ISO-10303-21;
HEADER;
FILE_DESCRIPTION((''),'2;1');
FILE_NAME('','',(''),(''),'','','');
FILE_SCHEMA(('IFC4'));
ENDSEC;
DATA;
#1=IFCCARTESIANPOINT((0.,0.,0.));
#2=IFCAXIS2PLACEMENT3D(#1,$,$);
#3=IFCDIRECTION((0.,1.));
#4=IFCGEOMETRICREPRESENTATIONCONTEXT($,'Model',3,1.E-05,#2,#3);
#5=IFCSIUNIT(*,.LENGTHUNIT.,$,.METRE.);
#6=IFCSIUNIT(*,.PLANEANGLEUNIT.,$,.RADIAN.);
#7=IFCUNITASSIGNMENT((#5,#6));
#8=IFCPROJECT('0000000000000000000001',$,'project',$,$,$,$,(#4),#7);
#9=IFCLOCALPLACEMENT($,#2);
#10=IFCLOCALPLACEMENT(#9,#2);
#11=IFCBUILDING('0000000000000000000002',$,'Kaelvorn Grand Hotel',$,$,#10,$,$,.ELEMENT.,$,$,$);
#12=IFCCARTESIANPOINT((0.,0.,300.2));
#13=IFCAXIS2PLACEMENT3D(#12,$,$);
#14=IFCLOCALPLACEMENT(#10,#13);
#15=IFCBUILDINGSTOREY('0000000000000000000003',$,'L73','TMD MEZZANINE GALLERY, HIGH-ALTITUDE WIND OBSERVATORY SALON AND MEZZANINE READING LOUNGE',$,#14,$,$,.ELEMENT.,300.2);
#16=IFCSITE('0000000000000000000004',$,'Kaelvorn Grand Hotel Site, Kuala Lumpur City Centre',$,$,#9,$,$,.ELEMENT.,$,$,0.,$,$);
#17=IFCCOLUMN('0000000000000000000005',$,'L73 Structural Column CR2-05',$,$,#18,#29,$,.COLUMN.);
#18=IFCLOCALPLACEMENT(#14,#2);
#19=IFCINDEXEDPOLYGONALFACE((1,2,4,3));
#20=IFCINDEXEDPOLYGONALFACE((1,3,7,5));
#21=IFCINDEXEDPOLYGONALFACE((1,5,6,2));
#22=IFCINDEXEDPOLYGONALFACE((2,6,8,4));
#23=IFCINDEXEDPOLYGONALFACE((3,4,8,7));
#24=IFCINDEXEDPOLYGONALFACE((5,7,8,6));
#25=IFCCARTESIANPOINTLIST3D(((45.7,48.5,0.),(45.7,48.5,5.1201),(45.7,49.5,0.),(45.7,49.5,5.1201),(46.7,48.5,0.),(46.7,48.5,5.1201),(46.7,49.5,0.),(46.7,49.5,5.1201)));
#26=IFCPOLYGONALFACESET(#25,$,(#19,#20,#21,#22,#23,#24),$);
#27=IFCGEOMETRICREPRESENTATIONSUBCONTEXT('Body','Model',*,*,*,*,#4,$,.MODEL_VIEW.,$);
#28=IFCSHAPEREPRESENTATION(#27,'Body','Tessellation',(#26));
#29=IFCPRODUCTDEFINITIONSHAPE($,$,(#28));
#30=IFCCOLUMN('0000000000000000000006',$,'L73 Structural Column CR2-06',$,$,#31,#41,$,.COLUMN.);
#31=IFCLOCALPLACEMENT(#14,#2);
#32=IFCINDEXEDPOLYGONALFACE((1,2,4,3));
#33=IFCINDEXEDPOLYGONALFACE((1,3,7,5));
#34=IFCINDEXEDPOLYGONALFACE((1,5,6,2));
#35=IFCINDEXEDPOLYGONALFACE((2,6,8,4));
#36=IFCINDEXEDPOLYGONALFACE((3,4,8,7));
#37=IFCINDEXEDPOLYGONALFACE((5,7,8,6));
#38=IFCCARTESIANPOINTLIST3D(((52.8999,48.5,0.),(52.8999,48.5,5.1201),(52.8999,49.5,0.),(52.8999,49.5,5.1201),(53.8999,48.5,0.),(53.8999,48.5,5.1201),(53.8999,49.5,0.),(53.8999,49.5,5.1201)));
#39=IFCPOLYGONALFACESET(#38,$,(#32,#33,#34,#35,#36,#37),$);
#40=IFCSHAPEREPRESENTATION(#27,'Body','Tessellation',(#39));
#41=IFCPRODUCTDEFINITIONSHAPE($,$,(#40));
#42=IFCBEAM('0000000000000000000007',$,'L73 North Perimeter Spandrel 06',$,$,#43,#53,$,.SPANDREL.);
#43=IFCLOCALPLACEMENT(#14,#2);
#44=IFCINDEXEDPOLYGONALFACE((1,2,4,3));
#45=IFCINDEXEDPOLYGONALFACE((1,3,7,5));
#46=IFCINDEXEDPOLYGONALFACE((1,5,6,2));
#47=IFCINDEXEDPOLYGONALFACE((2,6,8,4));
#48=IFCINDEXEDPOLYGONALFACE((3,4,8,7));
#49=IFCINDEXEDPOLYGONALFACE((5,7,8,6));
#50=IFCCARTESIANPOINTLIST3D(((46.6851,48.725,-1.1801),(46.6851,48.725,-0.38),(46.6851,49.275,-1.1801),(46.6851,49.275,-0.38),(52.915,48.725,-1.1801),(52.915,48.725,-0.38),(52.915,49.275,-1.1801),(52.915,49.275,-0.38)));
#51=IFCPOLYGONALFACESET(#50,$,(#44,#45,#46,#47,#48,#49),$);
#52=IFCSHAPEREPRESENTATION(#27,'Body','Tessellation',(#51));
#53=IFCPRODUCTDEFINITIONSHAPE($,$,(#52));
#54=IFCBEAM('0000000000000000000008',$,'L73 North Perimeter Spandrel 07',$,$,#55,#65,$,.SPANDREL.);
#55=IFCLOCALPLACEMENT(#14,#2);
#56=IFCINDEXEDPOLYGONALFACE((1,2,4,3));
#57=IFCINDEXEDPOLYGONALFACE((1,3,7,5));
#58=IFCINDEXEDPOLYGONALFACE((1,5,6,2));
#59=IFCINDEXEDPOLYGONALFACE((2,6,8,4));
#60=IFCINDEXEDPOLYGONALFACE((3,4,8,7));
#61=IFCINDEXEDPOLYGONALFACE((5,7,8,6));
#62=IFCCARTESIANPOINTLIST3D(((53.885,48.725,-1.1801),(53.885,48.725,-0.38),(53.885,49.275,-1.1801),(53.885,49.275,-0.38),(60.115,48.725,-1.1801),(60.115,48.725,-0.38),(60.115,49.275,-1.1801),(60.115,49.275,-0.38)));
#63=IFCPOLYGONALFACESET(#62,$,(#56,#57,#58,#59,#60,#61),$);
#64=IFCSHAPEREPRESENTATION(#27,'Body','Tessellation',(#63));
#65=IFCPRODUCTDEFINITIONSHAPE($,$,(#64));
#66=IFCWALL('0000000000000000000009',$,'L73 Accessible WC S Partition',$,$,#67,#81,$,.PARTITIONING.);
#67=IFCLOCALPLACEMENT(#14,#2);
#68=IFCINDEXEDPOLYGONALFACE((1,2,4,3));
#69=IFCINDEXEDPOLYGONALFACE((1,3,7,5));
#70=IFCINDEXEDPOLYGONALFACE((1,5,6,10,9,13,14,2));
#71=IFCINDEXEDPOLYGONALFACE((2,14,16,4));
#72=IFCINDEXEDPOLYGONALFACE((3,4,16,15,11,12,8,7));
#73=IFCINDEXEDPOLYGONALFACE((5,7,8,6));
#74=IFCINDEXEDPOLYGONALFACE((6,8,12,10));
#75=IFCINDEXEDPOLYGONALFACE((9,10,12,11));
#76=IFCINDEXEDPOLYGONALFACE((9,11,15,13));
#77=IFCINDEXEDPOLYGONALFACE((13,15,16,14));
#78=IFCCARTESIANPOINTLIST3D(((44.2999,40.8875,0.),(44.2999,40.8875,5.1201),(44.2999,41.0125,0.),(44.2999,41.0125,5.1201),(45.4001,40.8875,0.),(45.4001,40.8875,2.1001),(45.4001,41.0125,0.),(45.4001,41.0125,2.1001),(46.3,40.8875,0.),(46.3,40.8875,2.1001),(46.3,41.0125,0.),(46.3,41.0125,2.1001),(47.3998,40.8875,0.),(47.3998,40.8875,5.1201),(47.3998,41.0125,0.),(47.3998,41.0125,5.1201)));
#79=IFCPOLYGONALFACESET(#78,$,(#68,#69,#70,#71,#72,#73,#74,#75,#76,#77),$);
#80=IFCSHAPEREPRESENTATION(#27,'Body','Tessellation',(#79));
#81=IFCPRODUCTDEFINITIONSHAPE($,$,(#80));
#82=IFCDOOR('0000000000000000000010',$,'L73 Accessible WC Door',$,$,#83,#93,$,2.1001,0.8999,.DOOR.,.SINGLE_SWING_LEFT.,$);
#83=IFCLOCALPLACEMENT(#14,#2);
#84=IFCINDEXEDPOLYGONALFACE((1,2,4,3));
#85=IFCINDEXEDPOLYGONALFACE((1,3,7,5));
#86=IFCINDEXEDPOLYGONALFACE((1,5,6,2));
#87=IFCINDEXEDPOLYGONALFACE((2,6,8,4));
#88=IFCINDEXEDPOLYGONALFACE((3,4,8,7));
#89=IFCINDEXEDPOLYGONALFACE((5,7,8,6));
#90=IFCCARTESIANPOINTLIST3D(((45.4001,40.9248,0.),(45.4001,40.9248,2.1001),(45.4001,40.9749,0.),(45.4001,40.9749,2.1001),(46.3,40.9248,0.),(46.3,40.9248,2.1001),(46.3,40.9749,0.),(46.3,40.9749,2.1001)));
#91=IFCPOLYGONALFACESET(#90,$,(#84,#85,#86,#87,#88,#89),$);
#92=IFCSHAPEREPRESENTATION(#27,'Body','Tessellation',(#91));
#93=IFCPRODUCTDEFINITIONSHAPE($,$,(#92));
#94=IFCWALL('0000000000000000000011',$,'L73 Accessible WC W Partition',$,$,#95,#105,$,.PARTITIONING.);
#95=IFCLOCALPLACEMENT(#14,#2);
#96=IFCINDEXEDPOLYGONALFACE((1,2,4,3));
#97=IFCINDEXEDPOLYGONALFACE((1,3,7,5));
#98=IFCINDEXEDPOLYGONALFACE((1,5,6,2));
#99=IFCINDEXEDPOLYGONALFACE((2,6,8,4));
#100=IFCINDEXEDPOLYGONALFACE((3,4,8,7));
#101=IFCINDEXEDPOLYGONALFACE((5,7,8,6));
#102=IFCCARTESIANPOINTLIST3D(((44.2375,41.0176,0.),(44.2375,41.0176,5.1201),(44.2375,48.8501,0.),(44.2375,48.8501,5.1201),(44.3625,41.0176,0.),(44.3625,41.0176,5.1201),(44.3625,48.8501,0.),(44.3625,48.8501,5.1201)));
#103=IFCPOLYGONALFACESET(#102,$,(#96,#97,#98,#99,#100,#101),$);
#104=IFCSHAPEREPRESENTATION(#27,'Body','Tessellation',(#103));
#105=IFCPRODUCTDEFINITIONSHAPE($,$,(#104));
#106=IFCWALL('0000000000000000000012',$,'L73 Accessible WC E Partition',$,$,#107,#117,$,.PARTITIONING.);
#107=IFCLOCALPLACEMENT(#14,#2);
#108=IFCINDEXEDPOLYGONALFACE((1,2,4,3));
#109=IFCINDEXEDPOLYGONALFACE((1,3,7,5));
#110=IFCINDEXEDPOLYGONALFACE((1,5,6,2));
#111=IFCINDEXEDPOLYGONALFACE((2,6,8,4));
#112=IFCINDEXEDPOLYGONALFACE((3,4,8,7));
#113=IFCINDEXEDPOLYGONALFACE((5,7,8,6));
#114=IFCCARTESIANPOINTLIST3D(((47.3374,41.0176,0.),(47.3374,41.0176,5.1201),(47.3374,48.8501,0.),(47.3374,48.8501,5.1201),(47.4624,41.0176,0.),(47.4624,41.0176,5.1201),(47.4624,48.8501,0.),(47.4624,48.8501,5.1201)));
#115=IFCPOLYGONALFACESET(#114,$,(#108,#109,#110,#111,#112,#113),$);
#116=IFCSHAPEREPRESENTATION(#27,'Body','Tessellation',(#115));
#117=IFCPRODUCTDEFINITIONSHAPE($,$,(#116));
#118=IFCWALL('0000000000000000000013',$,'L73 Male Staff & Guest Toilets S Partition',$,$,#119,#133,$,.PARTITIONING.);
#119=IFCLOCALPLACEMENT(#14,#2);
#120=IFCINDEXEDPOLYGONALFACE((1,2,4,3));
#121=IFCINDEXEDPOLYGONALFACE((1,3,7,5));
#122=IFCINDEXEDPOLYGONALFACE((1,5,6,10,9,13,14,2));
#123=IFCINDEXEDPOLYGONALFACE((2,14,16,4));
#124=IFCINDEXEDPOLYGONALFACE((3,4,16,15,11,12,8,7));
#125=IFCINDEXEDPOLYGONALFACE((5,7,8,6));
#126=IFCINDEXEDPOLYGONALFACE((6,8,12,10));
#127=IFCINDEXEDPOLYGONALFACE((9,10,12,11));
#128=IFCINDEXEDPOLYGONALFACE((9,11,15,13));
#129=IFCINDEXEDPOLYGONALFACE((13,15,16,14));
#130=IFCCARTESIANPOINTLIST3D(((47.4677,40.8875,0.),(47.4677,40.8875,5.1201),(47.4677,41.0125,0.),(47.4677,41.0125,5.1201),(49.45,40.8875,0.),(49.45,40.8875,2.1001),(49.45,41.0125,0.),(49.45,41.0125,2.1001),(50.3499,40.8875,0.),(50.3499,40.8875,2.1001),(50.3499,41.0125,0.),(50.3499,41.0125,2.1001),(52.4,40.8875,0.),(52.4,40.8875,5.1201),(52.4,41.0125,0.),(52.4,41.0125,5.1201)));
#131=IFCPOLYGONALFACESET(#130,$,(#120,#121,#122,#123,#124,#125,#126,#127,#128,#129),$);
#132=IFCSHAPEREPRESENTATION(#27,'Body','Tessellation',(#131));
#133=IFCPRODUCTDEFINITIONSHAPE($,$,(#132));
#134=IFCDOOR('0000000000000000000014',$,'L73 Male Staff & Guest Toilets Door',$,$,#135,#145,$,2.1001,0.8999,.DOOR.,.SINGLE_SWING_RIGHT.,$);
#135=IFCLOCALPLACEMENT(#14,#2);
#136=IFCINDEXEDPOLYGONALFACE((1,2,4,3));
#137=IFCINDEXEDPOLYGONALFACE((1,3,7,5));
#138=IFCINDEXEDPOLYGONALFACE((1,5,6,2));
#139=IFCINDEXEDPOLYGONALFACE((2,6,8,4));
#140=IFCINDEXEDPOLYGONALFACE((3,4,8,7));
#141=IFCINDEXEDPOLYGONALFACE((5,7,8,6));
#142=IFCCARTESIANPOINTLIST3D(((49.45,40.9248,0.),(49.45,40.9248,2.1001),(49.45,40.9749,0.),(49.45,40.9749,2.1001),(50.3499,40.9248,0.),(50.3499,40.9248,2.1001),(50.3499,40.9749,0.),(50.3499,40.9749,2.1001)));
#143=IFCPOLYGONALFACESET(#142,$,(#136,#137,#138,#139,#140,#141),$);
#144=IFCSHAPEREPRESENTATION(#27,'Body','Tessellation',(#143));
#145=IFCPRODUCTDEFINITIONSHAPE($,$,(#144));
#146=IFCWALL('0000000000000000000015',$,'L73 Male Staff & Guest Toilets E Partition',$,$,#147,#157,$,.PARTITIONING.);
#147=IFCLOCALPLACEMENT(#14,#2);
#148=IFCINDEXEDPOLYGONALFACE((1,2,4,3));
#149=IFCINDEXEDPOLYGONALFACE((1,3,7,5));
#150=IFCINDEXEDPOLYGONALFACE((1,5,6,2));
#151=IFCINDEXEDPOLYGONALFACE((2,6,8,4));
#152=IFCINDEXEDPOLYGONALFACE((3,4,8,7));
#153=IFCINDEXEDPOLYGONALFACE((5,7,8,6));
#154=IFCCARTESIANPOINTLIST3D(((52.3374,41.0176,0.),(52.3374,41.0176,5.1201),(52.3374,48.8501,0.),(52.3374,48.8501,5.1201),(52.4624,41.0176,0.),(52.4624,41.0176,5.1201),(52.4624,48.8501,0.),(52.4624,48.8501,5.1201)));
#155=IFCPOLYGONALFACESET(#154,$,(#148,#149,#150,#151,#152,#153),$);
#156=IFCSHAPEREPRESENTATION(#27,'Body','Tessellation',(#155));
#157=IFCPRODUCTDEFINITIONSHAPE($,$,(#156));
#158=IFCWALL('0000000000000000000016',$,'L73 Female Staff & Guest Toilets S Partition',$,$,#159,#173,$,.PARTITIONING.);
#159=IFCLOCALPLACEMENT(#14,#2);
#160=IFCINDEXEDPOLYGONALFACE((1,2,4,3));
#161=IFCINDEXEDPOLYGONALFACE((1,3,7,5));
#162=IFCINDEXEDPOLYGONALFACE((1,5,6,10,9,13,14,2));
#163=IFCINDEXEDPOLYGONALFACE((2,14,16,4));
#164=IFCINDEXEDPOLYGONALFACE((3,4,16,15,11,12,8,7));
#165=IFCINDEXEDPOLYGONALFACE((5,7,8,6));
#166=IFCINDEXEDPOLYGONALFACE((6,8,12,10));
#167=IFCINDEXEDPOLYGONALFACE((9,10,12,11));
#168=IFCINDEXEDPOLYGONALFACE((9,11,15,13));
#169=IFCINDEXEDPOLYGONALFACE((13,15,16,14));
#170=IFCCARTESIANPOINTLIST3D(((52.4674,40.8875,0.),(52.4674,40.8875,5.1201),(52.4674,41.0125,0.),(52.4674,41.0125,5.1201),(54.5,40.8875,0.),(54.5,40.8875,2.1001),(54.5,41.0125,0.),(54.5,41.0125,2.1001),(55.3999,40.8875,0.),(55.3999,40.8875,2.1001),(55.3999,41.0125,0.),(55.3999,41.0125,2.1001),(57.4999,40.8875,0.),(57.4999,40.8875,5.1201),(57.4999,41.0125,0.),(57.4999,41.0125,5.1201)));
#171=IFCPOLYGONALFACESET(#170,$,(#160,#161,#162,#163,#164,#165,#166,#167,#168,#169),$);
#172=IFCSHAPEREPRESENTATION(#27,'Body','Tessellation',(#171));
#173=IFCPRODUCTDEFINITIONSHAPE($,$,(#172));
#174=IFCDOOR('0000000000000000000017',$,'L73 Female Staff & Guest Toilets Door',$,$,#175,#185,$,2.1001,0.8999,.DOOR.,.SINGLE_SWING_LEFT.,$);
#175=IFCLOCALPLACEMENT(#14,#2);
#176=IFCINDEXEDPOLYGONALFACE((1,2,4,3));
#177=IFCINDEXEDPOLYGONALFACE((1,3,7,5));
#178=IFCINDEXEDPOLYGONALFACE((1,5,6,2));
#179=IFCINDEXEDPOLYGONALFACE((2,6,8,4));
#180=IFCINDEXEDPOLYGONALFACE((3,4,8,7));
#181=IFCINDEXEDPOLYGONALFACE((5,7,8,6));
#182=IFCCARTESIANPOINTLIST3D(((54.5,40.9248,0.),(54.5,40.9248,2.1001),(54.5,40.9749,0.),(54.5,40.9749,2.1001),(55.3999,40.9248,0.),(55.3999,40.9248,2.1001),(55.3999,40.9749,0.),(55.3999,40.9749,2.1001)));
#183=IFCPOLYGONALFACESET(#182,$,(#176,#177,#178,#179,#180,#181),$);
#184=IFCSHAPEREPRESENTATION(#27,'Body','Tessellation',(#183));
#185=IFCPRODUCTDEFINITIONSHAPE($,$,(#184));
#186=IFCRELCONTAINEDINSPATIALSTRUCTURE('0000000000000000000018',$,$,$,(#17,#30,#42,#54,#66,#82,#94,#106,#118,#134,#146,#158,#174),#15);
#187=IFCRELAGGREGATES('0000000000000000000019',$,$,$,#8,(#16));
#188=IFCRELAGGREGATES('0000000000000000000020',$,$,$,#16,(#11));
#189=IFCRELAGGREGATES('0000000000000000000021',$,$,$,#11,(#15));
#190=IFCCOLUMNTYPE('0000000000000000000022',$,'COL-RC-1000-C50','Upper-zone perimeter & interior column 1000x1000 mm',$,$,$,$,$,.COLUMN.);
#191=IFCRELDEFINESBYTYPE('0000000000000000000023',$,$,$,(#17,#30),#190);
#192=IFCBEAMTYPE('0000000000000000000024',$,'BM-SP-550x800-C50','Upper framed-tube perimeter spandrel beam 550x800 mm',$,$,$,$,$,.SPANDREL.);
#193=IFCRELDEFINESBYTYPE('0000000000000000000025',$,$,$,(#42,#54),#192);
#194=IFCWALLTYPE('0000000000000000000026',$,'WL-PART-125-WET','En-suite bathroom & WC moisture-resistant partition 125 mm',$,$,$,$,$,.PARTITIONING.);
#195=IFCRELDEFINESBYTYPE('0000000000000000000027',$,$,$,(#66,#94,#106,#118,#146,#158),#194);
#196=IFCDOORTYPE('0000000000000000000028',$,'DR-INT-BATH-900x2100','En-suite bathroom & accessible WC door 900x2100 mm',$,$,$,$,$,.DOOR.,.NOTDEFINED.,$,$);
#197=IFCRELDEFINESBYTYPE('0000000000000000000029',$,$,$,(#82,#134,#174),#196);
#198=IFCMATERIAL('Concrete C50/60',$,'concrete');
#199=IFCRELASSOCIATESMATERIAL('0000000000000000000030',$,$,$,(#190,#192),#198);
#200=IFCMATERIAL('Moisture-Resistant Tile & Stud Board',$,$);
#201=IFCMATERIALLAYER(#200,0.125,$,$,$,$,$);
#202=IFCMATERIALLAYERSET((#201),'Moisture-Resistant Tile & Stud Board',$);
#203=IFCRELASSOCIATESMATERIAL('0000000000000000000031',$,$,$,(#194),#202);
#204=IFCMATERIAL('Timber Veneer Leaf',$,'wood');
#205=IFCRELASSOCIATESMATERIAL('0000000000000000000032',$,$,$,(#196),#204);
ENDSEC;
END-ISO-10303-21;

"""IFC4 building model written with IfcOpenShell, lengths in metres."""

from ifc_helpers import new_model, si_unit, direction, frame, frame_2d, origin, origin_2d, place, context, subcontext, project, spatial, rectangle, extrude, material, layer, layer_set, material_profile, profile_set, type_object, element, fill, save


model = new_model("IFC4")

# Units and contexts
model_context = context("Model", 3, precision=1e-05, world=origin(), true_north=direction((0.0, 1.0)))
body_context = subcontext(model_context, "Body", "Model", "MODEL_VIEW")
ifc_project = project(units=[si_unit("LENGTHUNIT", "METRE"), si_unit("PLANEANGLEUNIT", "RADIAN")], contexts=[model_context])

# Site, building, storey
site_placement = place(None, origin())
site = spatial("IfcSite", under=ifc_project, at=site_placement, Name="Kaelvorn Grand Hotel Site, Kuala Lumpur City Centre", CompositionType="ELEMENT", RefElevation=0.0)
building_placement = place(site_placement, origin())
building = spatial("IfcBuilding", under=site, at=building_placement, Name="Kaelvorn Grand Hotel", CompositionType="ELEMENT")
storey_placement = place(building_placement, frame((0.0, 0.0, 300.2)))
storey = spatial("IfcBuildingStorey", under=building, at=storey_placement, Name="L73", Description="TMD MEZZANINE GALLERY, HIGH-ALTITUDE WIND OBSERVATORY SALON AND MEZZANINE READING LOUNGE", CompositionType="ELEMENT", Elevation=300.2)

# Columns
ifc_material_1 = material(Name="Concrete C50/60", Category="concrete")
ifc_material_profile_1 = material_profile(ifc_material_1, rectangle(XDim=1.0, YDim=1.0, at=origin_2d()), Name="RC COL 1000x1000")
ifc_profile_set_1 = profile_set([ifc_material_profile_1], Name="Concrete C50/60")
column_type = type_object("IfcColumnType", Name="COL-RC-1000-C50", Description="Upper-zone perimeter & interior column 1000x1000 mm", PredefinedType="COLUMN", material=ifc_profile_set_1)
for number, where, z_axis, x_axis, name in (
    (1, (46.2, 49.0, 0.0), (0.0, 0.0, 1.0), (1.0, 0.0, 0.0), "L73 Structural Column CR2-05"),
    (2, (53.3999, 49.0, 0.0), (0.0, 0.0, 1.0), (1.0, 0.0, 0.0), "L73 Structural Column CR2-06"),
):
    element("IfcColumn", number, at=place(storey_placement, frame(where, z_axis=z_axis, x_axis=x_axis)), inside=storey, type_object=column_type, Name=name, PredefinedType="COLUMN", context=body_context, shape_type="SweptSolid", body=[
        extrude(rectangle(XDim=1.0, YDim=1.0, at=origin_2d()), origin(), (0.0, 0.0, 1.0), 5.1201),
    ])

# Beams
ifc_material_profile_2 = material_profile(ifc_material_1, rectangle(XDim=0.55, YDim=0.8, at=origin_2d()), Name="RC SPANDREL 550x800")
ifc_profile_set_2 = profile_set([ifc_material_profile_2], Name="Concrete C50/60")
beam_type = type_object("IfcBeamType", Name="BM-SP-550x800-C50", Description="Upper framed-tube perimeter spandrel beam 550x800 mm", PredefinedType="SPANDREL", material=ifc_profile_set_2)
for number, where, z_axis, x_axis, name in (
    (3, (46.6851, 49.0, -0.78), (1.0, 0.0, 0.0), (0.0, 1.0, 0.0), "L73 North Perimeter Spandrel 06"),
    (4, (53.885, 49.0, -0.78), (1.0, 0.0, 0.0), (0.0, 1.0, 0.0), "L73 North Perimeter Spandrel 07"),
):
    element("IfcBeam", number, at=place(storey_placement, frame(where, z_axis=z_axis, x_axis=x_axis)), inside=storey, type_object=beam_type, Name=name, PredefinedType="SPANDREL", context=body_context, shape_type="SweptSolid", body=[
        extrude(rectangle(XDim=0.55, YDim=0.8, at=origin_2d()), origin(), (0.0, 0.0, 1.0), 6.23),
    ])

# Wall, opening, door
ifc_material_2 = material(Name="Moisture-Resistant Tile & Stud Board")
ifc_layer_1 = layer(ifc_material_2, 0.125)
ifc_layer_set_1 = layer_set([ifc_layer_1], Name="Moisture-Resistant Tile & Stud Board")
wall_type_1 = type_object("IfcWallType", Name="WL-PART-125-WET", Description="En-suite bathroom & WC moisture-resistant partition 125 mm", PredefinedType="PARTITIONING", material=ifc_layer_set_1)
wall_1_placement = place(storey_placement, frame((44.3, 40.95, 0.0), z_axis=(0.0, 0.0, 1.0), x_axis=(1.0, 0.0, 0.0)))
wall_1 = element("IfcWall", 5, at=wall_1_placement, inside=storey, type_object=wall_type_1, Name="L73 Accessible WC S Partition", PredefinedType="PARTITIONING", context=body_context, shape_type="SweptSolid", body=[
    extrude(rectangle(XDim=3.0999, YDim=0.125, at=frame_2d((1.5498, 0.0))), origin(), (0.0, 0.0, 1.0), 5.1201),
])
opening_1_placement = place(wall_1_placement, frame((1.1001, 0.0, 0.0)))
opening_1 = element("IfcOpeningElement", 6, at=opening_1_placement, cuts=wall_1, PredefinedType="OPENING", context=body_context, shape_type="SweptSolid", body=[
    extrude(rectangle(XDim=0.8999, YDim=2.1001, at=frame_2d((0.45, 1.05))), frame((0.0, 0.0725, 0.0), z_axis=(0.0, -1.0, 0.0), x_axis=(1.0, 0.0, 0.0)), (0.0, 0.0, 1.0), 0.145),
])
ifc_material_3 = material(Name="Timber Veneer Leaf", Category="wood")
door_type_1 = type_object("IfcDoorType", Name="DR-INT-BATH-900x2100", Description="En-suite bathroom & accessible WC door 900x2100 mm", OperationType="NOTDEFINED", PredefinedType="DOOR", material=ifc_material_3)
door_1_placement = place(opening_1_placement, origin())
door_1 = element("IfcDoor", 7, at=door_1_placement, inside=storey, type_object=door_type_1, Name="L73 Accessible WC Door", OperationType="SINGLE_SWING_LEFT", OverallHeight=2.1001, OverallWidth=0.8999, PredefinedType="DOOR", context=body_context, shape_type="SweptSolid", body=[
    extrude(rectangle(XDim=0.8999, YDim=2.1001, at=frame_2d((0.45, 1.05))), frame((0.0, 0.0249, 0.0), z_axis=(0.0, -1.0, 0.0), x_axis=(1.0, 0.0, 0.0)), (0.0, 0.0, 1.0), 0.05),
])
fill(opening_1, door_1)

# Walls
for number, where, z_axis, x_axis, name in (
    (8, (44.3, 41.0176, 0.0), (0.0, 0.0, 1.0), (0.0, 1.0, 0.0), "L73 Accessible WC W Partition"),
    (9, (47.3999, 41.0176, 0.0), (0.0, 0.0, 1.0), (0.0, 1.0, 0.0), "L73 Accessible WC E Partition"),
):
    element("IfcWall", number, at=place(storey_placement, frame(where, z_axis=z_axis, x_axis=x_axis)), inside=storey, type_object=wall_type_1, Name=name, PredefinedType="PARTITIONING", context=body_context, shape_type="SweptSolid", body=[
        extrude(rectangle(XDim=7.8325, YDim=0.125, at=frame_2d((3.9163, 0.0))), origin(), (0.0, 0.0, 1.0), 5.1201),
    ])

# Wall, opening, door
wall_2_placement = place(storey_placement, frame((47.4675, 40.95, 0.0), z_axis=(0.0, 0.0, 1.0), x_axis=(1.0, 0.0, 0.0)))
wall_2 = element("IfcWall", 10, at=wall_2_placement, inside=storey, type_object=wall_type_1, Name="L73 Male Staff & Guest Toilets S Partition", PredefinedType="PARTITIONING", context=body_context, shape_type="SweptSolid", body=[
    extrude(rectangle(XDim=4.9324, YDim=0.125, at=frame_2d((2.4663, 0.0))), origin(), (0.0, 0.0, 1.0), 5.1201),
])
opening_2_placement = place(wall_2_placement, frame((1.9824, 0.0, 0.0)))
opening_2 = element("IfcOpeningElement", 11, at=opening_2_placement, cuts=wall_2, PredefinedType="OPENING", context=body_context, shape_type="SweptSolid", body=[
    extrude(rectangle(XDim=0.8999, YDim=2.1001, at=frame_2d((0.45, 1.05))), frame((0.0, 0.0725, 0.0), z_axis=(0.0, -1.0, 0.0), x_axis=(1.0, 0.0, 0.0)), (0.0, 0.0, 1.0), 0.145),
])
door_2_placement = place(opening_2_placement, origin())
door_2 = element("IfcDoor", 12, at=door_2_placement, inside=storey, type_object=door_type_1, Name="L73 Male Staff & Guest Toilets Door", OperationType="SINGLE_SWING_RIGHT", OverallHeight=2.1001, OverallWidth=0.8999, PredefinedType="DOOR", context=body_context, shape_type="SweptSolid", body=[
    extrude(rectangle(XDim=0.8999, YDim=2.1001, at=frame_2d((0.45, 1.05))), frame((0.0, 0.0249, 0.0), z_axis=(0.0, -1.0, 0.0), x_axis=(1.0, 0.0, 0.0)), (0.0, 0.0, 1.0), 0.05),
])
fill(opening_2, door_2)

# Wall
wall_3_placement = place(storey_placement, frame((52.3999, 41.0176, 0.0), z_axis=(0.0, 0.0, 1.0), x_axis=(0.0, 1.0, 0.0)))
element("IfcWall", 13, at=wall_3_placement, inside=storey, type_object=wall_type_1, Name="L73 Male Staff & Guest Toilets E Partition", PredefinedType="PARTITIONING", context=body_context, shape_type="SweptSolid", body=[
    extrude(rectangle(XDim=7.8325, YDim=0.125, at=frame_2d((3.9163, 0.0))), origin(), (0.0, 0.0, 1.0), 5.1201),
])

# Wall, opening, door
wall_4_placement = place(storey_placement, frame((52.4675, 40.95, 0.0), z_axis=(0.0, 0.0, 1.0), x_axis=(1.0, 0.0, 0.0)))
wall_4 = element("IfcWall", 14, at=wall_4_placement, inside=storey, type_object=wall_type_1, Name="L73 Female Staff & Guest Toilets S Partition", PredefinedType="PARTITIONING", context=body_context, shape_type="SweptSolid", body=[
    extrude(rectangle(XDim=5.0325, YDim=0.125, at=frame_2d((2.5161, 0.0))), origin(), (0.0, 0.0, 1.0), 5.1201),
])
opening_3_placement = place(wall_4_placement, frame((2.0325, 0.0, 0.0)))
opening_3 = element("IfcOpeningElement", 15, at=opening_3_placement, cuts=wall_4, PredefinedType="OPENING", context=body_context, shape_type="SweptSolid", body=[
    extrude(rectangle(XDim=0.8999, YDim=2.1001, at=frame_2d((0.45, 1.05))), frame((0.0, 0.0725, 0.0), z_axis=(0.0, -1.0, 0.0), x_axis=(1.0, 0.0, 0.0)), (0.0, 0.0, 1.0), 0.145),
])
door_3_placement = place(opening_3_placement, origin())
door_3 = element("IfcDoor", 16, at=door_3_placement, inside=storey, type_object=door_type_1, Name="L73 Female Staff & Guest Toilets Door", OperationType="SINGLE_SWING_LEFT", OverallHeight=2.1001, OverallWidth=0.8999, PredefinedType="DOOR", context=body_context, shape_type="SweptSolid", body=[
    extrude(rectangle(XDim=0.8999, YDim=2.1001, at=frame_2d((0.45, 1.05))), frame((0.0, 0.0249, 0.0), z_axis=(0.0, -1.0, 0.0), x_axis=(1.0, 0.0, 0.0)), (0.0, 0.0, 1.0), 0.05),
])
fill(opening_3, door_3)

save(model, "model.ifc")
